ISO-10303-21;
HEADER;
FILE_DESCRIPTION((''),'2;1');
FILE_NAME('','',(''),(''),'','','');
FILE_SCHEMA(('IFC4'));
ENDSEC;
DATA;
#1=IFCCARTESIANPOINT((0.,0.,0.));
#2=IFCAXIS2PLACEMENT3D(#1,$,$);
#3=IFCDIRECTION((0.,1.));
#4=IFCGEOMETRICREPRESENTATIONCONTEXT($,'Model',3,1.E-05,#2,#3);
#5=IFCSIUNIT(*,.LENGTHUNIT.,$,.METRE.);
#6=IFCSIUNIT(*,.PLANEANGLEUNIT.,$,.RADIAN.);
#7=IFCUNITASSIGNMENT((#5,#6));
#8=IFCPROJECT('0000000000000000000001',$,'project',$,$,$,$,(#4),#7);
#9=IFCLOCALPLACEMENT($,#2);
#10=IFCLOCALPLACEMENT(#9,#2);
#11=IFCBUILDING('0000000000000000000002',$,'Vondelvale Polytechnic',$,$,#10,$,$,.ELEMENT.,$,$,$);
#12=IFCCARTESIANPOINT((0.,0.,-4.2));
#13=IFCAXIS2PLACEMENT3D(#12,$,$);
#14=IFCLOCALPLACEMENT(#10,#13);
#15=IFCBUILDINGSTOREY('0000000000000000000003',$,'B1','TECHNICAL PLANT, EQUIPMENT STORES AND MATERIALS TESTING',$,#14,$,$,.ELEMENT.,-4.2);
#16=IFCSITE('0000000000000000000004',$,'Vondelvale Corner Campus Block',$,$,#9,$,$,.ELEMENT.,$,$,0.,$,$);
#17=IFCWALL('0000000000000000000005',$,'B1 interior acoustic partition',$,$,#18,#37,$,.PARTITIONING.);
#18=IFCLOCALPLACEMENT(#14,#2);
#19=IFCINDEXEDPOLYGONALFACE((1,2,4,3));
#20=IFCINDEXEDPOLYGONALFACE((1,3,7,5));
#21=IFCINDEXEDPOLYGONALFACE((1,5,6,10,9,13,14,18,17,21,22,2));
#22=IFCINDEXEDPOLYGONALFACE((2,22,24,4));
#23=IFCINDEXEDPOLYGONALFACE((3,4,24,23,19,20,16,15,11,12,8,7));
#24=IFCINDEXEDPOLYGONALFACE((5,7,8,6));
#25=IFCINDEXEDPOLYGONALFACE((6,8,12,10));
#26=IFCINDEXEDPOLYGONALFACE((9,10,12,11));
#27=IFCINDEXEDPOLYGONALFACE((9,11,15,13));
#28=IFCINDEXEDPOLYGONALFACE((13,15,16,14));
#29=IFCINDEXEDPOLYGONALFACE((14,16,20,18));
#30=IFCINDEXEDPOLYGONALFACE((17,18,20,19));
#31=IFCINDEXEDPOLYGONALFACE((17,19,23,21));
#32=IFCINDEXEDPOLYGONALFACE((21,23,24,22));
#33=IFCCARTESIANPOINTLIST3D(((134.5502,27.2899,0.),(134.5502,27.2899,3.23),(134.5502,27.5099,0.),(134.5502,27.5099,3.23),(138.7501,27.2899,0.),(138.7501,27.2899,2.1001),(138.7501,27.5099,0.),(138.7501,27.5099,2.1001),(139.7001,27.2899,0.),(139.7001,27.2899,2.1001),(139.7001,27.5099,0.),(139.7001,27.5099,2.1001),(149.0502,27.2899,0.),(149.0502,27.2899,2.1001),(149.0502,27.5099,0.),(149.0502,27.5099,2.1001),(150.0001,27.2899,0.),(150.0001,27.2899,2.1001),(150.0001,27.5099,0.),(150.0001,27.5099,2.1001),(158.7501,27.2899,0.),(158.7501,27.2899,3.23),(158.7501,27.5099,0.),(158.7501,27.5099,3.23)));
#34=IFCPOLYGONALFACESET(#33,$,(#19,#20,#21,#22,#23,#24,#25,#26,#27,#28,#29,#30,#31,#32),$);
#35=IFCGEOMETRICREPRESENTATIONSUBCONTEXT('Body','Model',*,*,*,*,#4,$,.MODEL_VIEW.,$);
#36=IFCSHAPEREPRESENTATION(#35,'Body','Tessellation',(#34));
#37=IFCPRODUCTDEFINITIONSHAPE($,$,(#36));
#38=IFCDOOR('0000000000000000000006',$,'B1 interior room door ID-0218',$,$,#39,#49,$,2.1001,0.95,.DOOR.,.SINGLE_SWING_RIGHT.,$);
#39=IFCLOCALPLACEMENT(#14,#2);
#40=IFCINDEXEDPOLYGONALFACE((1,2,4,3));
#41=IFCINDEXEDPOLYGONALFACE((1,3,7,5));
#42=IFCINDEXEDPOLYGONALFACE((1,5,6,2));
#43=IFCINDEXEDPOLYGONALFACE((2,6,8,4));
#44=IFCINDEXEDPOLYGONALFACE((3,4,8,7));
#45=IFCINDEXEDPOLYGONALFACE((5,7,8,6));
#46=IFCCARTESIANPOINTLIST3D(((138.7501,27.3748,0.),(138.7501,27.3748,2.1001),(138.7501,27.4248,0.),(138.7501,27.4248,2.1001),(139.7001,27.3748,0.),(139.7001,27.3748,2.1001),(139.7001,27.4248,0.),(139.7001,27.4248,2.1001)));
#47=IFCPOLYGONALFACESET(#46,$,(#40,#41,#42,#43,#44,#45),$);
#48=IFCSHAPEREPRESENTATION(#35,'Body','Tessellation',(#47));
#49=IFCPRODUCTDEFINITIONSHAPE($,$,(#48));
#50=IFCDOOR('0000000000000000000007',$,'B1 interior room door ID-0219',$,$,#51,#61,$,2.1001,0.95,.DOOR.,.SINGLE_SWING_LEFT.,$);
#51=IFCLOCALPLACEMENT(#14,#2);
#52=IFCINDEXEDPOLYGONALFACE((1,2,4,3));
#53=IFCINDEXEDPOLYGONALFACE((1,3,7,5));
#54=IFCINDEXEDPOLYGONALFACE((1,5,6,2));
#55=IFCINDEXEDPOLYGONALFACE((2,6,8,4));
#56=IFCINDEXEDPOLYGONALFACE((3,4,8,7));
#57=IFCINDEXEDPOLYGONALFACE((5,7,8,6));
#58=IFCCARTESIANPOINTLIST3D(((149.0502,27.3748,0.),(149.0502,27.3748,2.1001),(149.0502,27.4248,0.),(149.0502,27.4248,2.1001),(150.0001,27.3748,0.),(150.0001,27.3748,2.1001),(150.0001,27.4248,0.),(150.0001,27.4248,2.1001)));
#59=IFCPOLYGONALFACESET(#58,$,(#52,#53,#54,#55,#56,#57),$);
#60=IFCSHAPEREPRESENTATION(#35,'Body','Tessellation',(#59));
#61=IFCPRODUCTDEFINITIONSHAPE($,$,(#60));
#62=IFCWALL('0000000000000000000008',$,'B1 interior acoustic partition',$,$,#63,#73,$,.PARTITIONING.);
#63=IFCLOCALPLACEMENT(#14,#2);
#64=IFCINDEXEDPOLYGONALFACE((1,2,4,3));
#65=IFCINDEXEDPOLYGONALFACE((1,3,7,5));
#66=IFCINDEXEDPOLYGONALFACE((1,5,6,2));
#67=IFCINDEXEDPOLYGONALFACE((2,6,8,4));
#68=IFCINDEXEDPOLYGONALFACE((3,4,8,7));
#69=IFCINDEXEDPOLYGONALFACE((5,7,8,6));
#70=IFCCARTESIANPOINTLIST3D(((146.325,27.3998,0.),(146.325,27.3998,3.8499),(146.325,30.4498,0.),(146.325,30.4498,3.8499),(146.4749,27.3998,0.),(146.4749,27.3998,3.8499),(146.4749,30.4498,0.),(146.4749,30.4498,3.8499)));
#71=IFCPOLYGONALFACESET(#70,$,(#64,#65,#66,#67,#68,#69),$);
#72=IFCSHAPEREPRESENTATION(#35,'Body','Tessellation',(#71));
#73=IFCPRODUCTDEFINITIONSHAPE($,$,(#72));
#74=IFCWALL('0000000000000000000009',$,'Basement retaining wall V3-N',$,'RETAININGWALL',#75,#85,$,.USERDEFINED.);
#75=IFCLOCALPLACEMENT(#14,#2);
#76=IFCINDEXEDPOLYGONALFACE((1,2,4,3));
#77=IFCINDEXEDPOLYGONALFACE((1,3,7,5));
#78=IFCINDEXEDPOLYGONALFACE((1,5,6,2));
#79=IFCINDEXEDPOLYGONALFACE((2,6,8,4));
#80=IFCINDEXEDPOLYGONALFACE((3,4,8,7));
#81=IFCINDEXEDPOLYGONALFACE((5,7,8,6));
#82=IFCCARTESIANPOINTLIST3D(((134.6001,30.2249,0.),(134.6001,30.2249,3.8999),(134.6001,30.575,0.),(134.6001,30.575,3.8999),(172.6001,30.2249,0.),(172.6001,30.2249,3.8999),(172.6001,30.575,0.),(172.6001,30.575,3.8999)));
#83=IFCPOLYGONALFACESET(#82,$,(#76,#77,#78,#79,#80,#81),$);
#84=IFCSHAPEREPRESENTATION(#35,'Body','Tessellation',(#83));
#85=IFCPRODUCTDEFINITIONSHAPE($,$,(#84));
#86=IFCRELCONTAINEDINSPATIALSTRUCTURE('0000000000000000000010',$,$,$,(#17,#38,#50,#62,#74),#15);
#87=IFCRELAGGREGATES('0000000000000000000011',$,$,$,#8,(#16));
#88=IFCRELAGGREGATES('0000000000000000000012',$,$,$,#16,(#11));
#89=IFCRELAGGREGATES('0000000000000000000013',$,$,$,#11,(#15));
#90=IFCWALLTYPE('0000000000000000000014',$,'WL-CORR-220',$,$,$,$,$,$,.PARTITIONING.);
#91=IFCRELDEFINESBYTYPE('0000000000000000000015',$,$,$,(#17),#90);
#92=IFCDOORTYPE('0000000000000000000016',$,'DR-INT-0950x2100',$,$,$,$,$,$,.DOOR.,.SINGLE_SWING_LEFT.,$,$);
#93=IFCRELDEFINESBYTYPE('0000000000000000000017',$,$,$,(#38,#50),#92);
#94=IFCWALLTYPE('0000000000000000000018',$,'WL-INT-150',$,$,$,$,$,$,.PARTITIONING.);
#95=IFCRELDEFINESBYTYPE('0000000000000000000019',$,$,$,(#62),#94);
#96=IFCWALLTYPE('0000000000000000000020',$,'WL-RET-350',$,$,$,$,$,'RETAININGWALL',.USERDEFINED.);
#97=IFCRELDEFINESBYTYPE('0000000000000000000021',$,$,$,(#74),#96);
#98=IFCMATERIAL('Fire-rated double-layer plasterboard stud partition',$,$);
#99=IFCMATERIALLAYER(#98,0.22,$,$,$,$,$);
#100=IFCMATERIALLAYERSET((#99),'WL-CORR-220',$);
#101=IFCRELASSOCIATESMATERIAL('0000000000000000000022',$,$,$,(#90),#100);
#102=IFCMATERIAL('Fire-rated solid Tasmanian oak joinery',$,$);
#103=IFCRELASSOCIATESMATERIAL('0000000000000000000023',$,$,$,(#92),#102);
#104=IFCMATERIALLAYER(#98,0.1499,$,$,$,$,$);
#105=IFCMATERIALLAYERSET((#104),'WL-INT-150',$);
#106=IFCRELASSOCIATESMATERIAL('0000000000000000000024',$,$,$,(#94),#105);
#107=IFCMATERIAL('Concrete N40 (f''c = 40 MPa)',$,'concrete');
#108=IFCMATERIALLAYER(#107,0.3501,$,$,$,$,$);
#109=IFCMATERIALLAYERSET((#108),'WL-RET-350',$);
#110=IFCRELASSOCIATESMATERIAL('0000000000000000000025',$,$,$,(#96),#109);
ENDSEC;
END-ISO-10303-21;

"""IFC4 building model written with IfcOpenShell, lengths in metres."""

from ifc_helpers import new_model, si_unit, direction, frame, frame_2d, origin, place, context, subcontext, project, spatial, rectangle, extrude, material, layer, layer_set, type_object, element, fill, save


model = new_model("IFC4")

# Units and contexts
model_context = context("Model", 3, precision=1e-05, world=origin(), true_north=direction((0.0, 1.0)))
body_context = subcontext(model_context, "Body", "Model", "MODEL_VIEW")
ifc_project = project(units=[si_unit("LENGTHUNIT", "METRE"), si_unit("PLANEANGLEUNIT", "RADIAN")], contexts=[model_context])

# Site, building, storey
site_placement = place(None, origin())
site = spatial("IfcSite", under=ifc_project, at=site_placement, Name="Vondelvale Corner Campus Block", CompositionType="ELEMENT", RefElevation=0.0)
building_placement = place(site_placement, origin())
building = spatial("IfcBuilding", under=site, at=building_placement, Name="Vondelvale Polytechnic", CompositionType="ELEMENT")
storey_placement = place(building_placement, frame((0.0, 0.0, -4.2)))
storey = spatial("IfcBuildingStorey", under=building, at=storey_placement, Name="B1", Description="TECHNICAL PLANT, EQUIPMENT STORES AND MATERIALS TESTING", CompositionType="ELEMENT", Elevation=-4.2)

# Shared definitions
ifc_material_1 = material(Name="Concrete N40 (f'c = 40 MPa)", Category="concrete")

# Shared definitions
ifc_material_2 = material(Name="Fire-rated double-layer plasterboard stud partition")
ifc_layer_1 = layer(ifc_material_2, 0.22)
ifc_layer_set_1 = layer_set([ifc_layer_1], Name="WL-CORR-220")
wall_type_1 = type_object("IfcWallType", Name="WL-CORR-220", PredefinedType="PARTITIONING", material=ifc_layer_set_1)

# Wall, openings, doors
wall_1_placement = place(storey_placement, frame((134.55, 27.3999, 0.0), z_axis=(0.0, 0.0, 1.0), x_axis=(1.0, 0.0, 0.0)))
wall_1 = element("IfcWall", 1, at=wall_1_placement, inside=storey, type_object=wall_type_1, Name="B1 interior acoustic partition", PredefinedType="PARTITIONING", context=body_context, shape_type="SweptSolid", body=[
    extrude(rectangle(XDim=24.2, YDim=0.22, at=frame_2d((12.1001, 0.0))), origin(), (0.0, 0.0, 1.0), 3.23),
])
opening_1_placement = place(wall_1_placement, frame((4.2, 0.0, 0.0)))
opening_1 = element("IfcOpeningElement", 2, at=opening_1_placement, cuts=wall_1, PredefinedType="OPENING", context=body_context, shape_type="SweptSolid", body=[
    extrude(rectangle(XDim=0.95, YDim=2.1001, at=frame_2d((0.4751, 1.05))), frame((0.0, 0.1199, 0.0), z_axis=(0.0, -1.0, 0.0), x_axis=(1.0, 0.0, 0.0)), (0.0, 0.0, 1.0), 0.24),
])
opening_2_placement = place(wall_1_placement, frame((14.5, 0.0, 0.0)))
opening_2 = element("IfcOpeningElement", 3, at=opening_2_placement, cuts=wall_1, PredefinedType="OPENING", context=body_context, shape_type="SweptSolid", body=[
    extrude(rectangle(XDim=0.95, YDim=2.1001, at=frame_2d((0.4751, 1.05))), frame((0.0, 0.1199, 0.0), z_axis=(0.0, -1.0, 0.0), x_axis=(1.0, 0.0, 0.0)), (0.0, 0.0, 1.0), 0.24),
])
ifc_material_3 = material(Name="Fire-rated solid Tasmanian oak joinery")
door_type = type_object("IfcDoorType", Name="DR-INT-0950x2100", OperationType="SINGLE_SWING_LEFT", PredefinedType="DOOR", material=ifc_material_3)
door_1_placement = place(opening_1_placement, origin())
door_1 = element("IfcDoor", 4, at=door_1_placement, inside=storey, type_object=door_type, Name="B1 interior room door ID-0218", OperationType="SINGLE_SWING_RIGHT", OverallHeight=2.1001, OverallWidth=0.95, PredefinedType="DOOR", context=body_context, shape_type="SweptSolid", body=[
    extrude(rectangle(XDim=0.95, YDim=2.1001, at=frame_2d((0.4751, 1.05))), frame((0.0, 0.0249, 0.0), z_axis=(0.0, -1.0, 0.0), x_axis=(1.0, 0.0, 0.0)), (0.0, 0.0, 1.0), 0.05),
])
fill(opening_1, door_1)
door_2_placement = place(opening_2_placement, origin())
door_2 = element("IfcDoor", 5, at=door_2_placement, inside=storey, type_object=door_type, Name="B1 interior room door ID-0219", OperationType="SINGLE_SWING_LEFT", OverallHeight=2.1001, OverallWidth=0.95, PredefinedType="DOOR", context=body_context, shape_type="SweptSolid", body=[
    extrude(rectangle(XDim=0.95, YDim=2.1001, at=frame_2d((0.4751, 1.05))), frame((0.0, 0.0249, 0.0), z_axis=(0.0, -1.0, 0.0), x_axis=(1.0, 0.0, 0.0)), (0.0, 0.0, 1.0), 0.05),
])
fill(opening_2, door_2)

# Walls
ifc_layer_2 = layer(ifc_material_2, 0.1499)
ifc_layer_set_2 = layer_set([ifc_layer_2], Name="WL-INT-150")
wall_type_2 = type_object("IfcWallType", Name="WL-INT-150", PredefinedType="PARTITIONING", material=ifc_layer_set_2)
wall_2_placement = place(storey_placement, frame((146.3999, 27.3999, 0.0), z_axis=(0.0, 0.0, 1.0), x_axis=(0.0, 1.0, 0.0)))
element("IfcWall", 6, at=wall_2_placement, inside=storey, type_object=wall_type_2, Name="B1 interior acoustic partition", PredefinedType="PARTITIONING", context=body_context, shape_type="SweptSolid", body=[
    extrude(rectangle(XDim=3.05, YDim=0.1499, at=frame_2d((1.5249, 0.0))), origin(), (0.0, 0.0, 1.0), 3.8499),
])
ifc_layer_3 = layer(ifc_material_1, 0.3501)
ifc_layer_set_3 = layer_set([ifc_layer_3], Name="WL-RET-350")
wall_type_3 = type_object("IfcWallType", Name="WL-RET-350", ElementType="RETAININGWALL", PredefinedType="USERDEFINED", material=ifc_layer_set_3)
wall_3_placement = place(storey_placement, frame((134.6001, 30.3999, 0.0), z_axis=(0.0, 0.0, 1.0), x_axis=(1.0, 0.0, 0.0)))
element("IfcWall", 7, at=wall_3_placement, inside=storey, type_object=wall_type_3, Name="Basement retaining wall V3-N", ObjectType="RETAININGWALL", PredefinedType="USERDEFINED", context=body_context, shape_type="SweptSolid", body=[
    extrude(rectangle(XDim=38.0, YDim=0.3501, at=frame_2d((19.0, 0.0))), origin(), (0.0, 0.0, 1.0), 3.8999),
])

save(model, "model.ifc")
